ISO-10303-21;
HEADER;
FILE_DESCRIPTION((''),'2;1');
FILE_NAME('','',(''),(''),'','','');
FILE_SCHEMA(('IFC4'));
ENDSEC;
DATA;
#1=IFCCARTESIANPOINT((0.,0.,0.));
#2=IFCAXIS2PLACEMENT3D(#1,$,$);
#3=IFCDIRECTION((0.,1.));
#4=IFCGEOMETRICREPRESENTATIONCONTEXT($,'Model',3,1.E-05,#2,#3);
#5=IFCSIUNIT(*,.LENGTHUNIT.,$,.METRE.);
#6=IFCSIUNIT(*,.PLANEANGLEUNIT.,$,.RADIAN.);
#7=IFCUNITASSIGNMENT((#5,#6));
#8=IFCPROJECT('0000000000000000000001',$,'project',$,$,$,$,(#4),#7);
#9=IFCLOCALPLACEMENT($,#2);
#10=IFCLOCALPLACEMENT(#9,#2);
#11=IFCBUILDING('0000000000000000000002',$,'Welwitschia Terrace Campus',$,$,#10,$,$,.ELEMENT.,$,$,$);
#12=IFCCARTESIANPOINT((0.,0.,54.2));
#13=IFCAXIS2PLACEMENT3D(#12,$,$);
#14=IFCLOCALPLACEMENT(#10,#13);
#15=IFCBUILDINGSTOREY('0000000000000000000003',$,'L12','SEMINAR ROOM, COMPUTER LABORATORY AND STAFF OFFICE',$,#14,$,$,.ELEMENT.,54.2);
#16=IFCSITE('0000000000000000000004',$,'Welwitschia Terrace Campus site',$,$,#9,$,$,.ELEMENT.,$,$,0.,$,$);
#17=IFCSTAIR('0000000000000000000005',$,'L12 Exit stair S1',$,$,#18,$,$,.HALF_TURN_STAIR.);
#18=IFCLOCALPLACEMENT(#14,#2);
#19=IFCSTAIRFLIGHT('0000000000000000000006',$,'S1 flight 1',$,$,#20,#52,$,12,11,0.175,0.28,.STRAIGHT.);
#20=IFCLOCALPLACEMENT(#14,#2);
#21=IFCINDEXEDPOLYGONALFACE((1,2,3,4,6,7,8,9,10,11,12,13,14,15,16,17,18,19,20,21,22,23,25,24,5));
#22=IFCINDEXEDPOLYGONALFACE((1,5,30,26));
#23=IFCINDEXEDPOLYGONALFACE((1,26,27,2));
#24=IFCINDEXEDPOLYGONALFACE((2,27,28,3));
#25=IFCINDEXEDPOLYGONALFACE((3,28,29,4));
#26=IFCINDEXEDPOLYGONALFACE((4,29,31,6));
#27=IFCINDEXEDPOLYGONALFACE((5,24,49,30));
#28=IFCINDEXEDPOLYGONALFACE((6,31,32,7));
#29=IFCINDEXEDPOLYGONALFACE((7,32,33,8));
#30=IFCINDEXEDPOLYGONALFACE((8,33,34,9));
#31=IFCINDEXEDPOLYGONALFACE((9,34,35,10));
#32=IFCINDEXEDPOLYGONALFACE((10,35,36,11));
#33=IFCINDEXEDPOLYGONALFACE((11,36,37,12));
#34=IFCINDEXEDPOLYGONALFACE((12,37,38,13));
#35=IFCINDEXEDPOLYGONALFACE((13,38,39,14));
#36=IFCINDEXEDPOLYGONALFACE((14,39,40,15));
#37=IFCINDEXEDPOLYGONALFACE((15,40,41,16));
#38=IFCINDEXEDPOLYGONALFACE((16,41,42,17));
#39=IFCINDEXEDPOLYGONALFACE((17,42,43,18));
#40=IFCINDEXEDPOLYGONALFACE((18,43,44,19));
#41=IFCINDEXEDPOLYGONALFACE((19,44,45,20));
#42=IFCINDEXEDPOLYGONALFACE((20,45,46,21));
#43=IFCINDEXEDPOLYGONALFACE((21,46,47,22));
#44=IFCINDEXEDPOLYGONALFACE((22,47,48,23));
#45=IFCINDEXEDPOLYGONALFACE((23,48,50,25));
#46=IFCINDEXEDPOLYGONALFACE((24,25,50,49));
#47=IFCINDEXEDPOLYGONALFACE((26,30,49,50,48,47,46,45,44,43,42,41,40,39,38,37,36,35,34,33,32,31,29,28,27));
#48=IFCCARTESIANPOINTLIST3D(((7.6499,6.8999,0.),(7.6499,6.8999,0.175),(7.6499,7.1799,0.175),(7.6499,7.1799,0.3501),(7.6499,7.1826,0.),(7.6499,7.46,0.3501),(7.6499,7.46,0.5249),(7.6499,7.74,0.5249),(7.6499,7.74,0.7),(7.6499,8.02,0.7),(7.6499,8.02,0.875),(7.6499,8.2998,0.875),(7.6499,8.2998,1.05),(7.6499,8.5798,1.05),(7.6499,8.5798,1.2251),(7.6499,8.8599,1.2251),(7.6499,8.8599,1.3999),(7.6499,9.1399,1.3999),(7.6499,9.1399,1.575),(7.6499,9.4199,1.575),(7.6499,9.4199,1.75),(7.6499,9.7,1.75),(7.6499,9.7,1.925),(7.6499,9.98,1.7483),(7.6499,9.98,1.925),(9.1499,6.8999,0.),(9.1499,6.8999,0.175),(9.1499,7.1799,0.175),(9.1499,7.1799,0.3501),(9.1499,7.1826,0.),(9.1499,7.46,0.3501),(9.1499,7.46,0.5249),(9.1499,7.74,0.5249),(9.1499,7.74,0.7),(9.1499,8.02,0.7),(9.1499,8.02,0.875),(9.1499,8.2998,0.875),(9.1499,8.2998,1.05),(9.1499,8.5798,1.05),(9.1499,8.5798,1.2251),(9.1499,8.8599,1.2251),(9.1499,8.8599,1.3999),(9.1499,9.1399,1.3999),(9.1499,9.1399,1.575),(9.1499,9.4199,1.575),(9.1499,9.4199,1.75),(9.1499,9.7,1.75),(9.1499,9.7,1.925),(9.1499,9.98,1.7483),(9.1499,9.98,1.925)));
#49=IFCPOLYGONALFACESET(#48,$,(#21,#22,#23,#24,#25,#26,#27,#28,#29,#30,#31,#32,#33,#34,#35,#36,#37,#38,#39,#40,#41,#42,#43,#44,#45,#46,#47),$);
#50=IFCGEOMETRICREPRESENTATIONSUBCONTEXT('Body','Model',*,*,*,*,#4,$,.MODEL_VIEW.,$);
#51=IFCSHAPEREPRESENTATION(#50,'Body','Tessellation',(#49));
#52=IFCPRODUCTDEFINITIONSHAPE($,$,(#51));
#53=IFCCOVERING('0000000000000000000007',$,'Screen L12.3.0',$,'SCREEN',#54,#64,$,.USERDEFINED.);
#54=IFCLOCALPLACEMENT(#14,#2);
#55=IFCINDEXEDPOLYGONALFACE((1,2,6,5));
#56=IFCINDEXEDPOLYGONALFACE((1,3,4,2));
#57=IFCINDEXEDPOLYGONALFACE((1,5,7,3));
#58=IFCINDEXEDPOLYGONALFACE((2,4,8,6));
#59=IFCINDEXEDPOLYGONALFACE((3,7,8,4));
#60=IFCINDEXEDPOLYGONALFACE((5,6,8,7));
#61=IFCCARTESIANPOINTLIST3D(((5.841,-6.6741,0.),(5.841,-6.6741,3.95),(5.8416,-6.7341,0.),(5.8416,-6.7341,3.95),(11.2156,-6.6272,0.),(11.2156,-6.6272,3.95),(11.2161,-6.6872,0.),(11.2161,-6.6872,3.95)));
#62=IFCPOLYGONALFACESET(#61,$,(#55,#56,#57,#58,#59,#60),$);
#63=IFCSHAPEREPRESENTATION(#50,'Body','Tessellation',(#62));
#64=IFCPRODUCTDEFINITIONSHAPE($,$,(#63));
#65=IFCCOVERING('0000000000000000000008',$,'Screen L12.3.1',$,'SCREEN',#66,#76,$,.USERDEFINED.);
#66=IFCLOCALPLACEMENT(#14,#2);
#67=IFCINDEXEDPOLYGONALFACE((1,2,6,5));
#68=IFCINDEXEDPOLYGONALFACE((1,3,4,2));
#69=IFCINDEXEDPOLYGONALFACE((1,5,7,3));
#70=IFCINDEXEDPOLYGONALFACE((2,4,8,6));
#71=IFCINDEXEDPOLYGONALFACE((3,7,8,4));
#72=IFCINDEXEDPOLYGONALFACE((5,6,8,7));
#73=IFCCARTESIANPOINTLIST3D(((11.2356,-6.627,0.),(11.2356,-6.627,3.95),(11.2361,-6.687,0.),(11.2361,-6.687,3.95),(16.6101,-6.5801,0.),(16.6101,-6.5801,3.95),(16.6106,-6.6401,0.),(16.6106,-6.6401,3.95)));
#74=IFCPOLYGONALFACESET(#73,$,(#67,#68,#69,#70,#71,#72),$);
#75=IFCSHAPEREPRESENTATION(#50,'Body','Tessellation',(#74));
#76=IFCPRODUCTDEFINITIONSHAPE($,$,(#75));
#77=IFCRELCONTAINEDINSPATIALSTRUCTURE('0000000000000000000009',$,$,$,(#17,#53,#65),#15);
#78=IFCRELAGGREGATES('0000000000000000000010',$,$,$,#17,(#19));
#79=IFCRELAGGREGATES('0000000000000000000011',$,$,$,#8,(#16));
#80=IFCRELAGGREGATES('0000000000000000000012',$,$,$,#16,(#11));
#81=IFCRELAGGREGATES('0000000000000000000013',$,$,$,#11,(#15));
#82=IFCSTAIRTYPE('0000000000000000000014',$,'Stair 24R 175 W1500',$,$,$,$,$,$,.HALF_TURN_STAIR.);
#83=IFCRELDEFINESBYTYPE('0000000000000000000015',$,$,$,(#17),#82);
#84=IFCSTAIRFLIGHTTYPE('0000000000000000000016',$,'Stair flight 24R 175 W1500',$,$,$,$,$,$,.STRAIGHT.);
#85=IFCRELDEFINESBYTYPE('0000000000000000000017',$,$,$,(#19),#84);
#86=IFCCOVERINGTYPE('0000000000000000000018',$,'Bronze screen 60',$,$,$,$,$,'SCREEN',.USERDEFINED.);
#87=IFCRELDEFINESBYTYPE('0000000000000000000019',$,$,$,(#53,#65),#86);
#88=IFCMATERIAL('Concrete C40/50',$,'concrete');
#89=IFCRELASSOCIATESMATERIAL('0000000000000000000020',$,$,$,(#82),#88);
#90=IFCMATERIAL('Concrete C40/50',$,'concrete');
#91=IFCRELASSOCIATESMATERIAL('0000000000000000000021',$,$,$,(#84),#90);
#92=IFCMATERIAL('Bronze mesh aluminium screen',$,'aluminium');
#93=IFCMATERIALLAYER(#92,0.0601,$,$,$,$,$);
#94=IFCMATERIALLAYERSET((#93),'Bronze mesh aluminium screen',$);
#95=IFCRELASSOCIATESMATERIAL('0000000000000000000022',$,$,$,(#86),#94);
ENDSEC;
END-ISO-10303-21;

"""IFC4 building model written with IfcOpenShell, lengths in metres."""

from ifc_helpers import new_model, si_unit, direction, frame, origin, origin_2d, place, context, subcontext, project, spatial, polyline, rectangle, outline, extrude, material, layer, layer_set, type_object, element, aggregate, save


model = new_model("IFC4")

# Units and contexts
model_context = context("Model", 3, precision=1e-05, world=origin(), true_north=direction((0.0, 1.0)))
body_context = subcontext(model_context, "Body", "Model", "MODEL_VIEW")
ifc_project = project(units=[si_unit("LENGTHUNIT", "METRE"), si_unit("PLANEANGLEUNIT", "RADIAN")], contexts=[model_context])

# Site, building, storey
site_placement = place(None, origin())
site = spatial("IfcSite", under=ifc_project, at=site_placement, Name="Welwitschia Terrace Campus site", CompositionType="ELEMENT", RefElevation=0.0)
building_placement = place(site_placement, origin())
building = spatial("IfcBuilding", under=site, at=building_placement, Name="Welwitschia Terrace Campus", CompositionType="ELEMENT")
storey_placement = place(building_placement, frame((0.0, 0.0, 54.2)))
storey = spatial("IfcBuildingStorey", under=building, at=storey_placement, Name="L12", Description="SEMINAR ROOM, COMPUTER LABORATORY AND STAFF OFFICE", CompositionType="ELEMENT", Elevation=54.2)

# Stair, stair flight
ifc_material_1 = material(Name="Concrete C40/50", Category="concrete")
stair_type = type_object("IfcStairType", Name="Stair 24R 175 W1500", PredefinedType="HALF_TURN_STAIR", material=ifc_material_1)
stair_placement = place(storey_placement, origin())
stair = element("IfcStair", 1, at=stair_placement, inside=storey, type_object=stair_type, Name="L12 Exit stair S1", PredefinedType="HALF_TURN_STAIR")
ifc_material_2 = material(Name="Concrete C40/50", Category="concrete")
stair_flight_type = type_object("IfcStairFlightType", Name="Stair flight 24R 175 W1500", PredefinedType="STRAIGHT", material=ifc_material_2)
stair_flight_placement = place(storey_placement, frame((8.3999, 6.8999, 0.0), z_axis=(0.0, 0.0, 1.0), x_axis=(0.0, 1.0, 0.0)))
stair_flight = element("IfcStairFlight", 2, at=stair_flight_placement, type_object=stair_flight_type, Name="S1 flight 1", NumberOfRisers=12, NumberOfTreads=11, PredefinedType="STRAIGHT", RiserHeight=0.175, TreadLength=0.28, context=body_context, shape_type="SweptSolid", body=[
    extrude(outline(polyline([(0.0, 0.0), (0.0, 0.175), (0.28, 0.175), (0.28, 0.3501), (0.5601, 0.3501), (0.5601, 0.5249), (0.8401, 0.5249), (0.8401, 0.7), (1.1201, 0.7), (1.1201, 0.875), (1.3999, 0.875), (1.3999, 1.05), (1.6799, 1.05), (1.6799, 1.2251), (1.96, 1.2251), (1.96, 1.3999), (2.24, 1.3999), (2.24, 1.575), (2.52, 1.575), (2.52, 1.75), (2.8, 1.75), (2.8, 1.925), (3.0801, 1.925), (3.0801, 2.1001), (3.0801, 1.7483), (0.2827, 0.0), (0.0, 0.0)])), frame((0.0, 0.75, 0.0), z_axis=(0.0, -1.0, 0.0), x_axis=(1.0, 0.0, 0.0)), (0.0, 0.0, 1.0), 1.5),
])
aggregate(stair, [stair_flight])

# Coverings
ifc_material_3 = material(Name="Bronze mesh aluminium screen", Category="aluminium")
ifc_layer_1 = layer(ifc_material_3, 0.0601)
ifc_layer_set_1 = layer_set([ifc_layer_1], Name="Bronze mesh aluminium screen")
covering_type = type_object("IfcCoveringType", Name="Bronze screen 60", ElementType="SCREEN", PredefinedType="USERDEFINED", material=ifc_layer_set_1)
for number, where, z_axis, x_axis, name in (
    (3, (8.5286, -6.6807, 0.0), (0.0, 0.0, 1.0), (0.999962, 0.008727, 0.0), "Screen L12.3.0"),
    (4, (13.9231, -6.6335, 0.0), (0.0, 0.0, 1.0), (0.999962, 0.008727, 0.0), "Screen L12.3.1"),
):
    element("IfcCovering", number, at=place(storey_placement, frame(where, z_axis=z_axis, x_axis=x_axis)), inside=storey, type_object=covering_type, Name=name, ObjectType="SCREEN", PredefinedType="USERDEFINED", context=body_context, shape_type="SweptSolid", body=[
        extrude(rectangle(XDim=5.3748, YDim=0.0601, at=origin_2d()), origin(), (0.0, 0.0, 1.0), 3.95),
    ])

save(model, "model.ifc")
